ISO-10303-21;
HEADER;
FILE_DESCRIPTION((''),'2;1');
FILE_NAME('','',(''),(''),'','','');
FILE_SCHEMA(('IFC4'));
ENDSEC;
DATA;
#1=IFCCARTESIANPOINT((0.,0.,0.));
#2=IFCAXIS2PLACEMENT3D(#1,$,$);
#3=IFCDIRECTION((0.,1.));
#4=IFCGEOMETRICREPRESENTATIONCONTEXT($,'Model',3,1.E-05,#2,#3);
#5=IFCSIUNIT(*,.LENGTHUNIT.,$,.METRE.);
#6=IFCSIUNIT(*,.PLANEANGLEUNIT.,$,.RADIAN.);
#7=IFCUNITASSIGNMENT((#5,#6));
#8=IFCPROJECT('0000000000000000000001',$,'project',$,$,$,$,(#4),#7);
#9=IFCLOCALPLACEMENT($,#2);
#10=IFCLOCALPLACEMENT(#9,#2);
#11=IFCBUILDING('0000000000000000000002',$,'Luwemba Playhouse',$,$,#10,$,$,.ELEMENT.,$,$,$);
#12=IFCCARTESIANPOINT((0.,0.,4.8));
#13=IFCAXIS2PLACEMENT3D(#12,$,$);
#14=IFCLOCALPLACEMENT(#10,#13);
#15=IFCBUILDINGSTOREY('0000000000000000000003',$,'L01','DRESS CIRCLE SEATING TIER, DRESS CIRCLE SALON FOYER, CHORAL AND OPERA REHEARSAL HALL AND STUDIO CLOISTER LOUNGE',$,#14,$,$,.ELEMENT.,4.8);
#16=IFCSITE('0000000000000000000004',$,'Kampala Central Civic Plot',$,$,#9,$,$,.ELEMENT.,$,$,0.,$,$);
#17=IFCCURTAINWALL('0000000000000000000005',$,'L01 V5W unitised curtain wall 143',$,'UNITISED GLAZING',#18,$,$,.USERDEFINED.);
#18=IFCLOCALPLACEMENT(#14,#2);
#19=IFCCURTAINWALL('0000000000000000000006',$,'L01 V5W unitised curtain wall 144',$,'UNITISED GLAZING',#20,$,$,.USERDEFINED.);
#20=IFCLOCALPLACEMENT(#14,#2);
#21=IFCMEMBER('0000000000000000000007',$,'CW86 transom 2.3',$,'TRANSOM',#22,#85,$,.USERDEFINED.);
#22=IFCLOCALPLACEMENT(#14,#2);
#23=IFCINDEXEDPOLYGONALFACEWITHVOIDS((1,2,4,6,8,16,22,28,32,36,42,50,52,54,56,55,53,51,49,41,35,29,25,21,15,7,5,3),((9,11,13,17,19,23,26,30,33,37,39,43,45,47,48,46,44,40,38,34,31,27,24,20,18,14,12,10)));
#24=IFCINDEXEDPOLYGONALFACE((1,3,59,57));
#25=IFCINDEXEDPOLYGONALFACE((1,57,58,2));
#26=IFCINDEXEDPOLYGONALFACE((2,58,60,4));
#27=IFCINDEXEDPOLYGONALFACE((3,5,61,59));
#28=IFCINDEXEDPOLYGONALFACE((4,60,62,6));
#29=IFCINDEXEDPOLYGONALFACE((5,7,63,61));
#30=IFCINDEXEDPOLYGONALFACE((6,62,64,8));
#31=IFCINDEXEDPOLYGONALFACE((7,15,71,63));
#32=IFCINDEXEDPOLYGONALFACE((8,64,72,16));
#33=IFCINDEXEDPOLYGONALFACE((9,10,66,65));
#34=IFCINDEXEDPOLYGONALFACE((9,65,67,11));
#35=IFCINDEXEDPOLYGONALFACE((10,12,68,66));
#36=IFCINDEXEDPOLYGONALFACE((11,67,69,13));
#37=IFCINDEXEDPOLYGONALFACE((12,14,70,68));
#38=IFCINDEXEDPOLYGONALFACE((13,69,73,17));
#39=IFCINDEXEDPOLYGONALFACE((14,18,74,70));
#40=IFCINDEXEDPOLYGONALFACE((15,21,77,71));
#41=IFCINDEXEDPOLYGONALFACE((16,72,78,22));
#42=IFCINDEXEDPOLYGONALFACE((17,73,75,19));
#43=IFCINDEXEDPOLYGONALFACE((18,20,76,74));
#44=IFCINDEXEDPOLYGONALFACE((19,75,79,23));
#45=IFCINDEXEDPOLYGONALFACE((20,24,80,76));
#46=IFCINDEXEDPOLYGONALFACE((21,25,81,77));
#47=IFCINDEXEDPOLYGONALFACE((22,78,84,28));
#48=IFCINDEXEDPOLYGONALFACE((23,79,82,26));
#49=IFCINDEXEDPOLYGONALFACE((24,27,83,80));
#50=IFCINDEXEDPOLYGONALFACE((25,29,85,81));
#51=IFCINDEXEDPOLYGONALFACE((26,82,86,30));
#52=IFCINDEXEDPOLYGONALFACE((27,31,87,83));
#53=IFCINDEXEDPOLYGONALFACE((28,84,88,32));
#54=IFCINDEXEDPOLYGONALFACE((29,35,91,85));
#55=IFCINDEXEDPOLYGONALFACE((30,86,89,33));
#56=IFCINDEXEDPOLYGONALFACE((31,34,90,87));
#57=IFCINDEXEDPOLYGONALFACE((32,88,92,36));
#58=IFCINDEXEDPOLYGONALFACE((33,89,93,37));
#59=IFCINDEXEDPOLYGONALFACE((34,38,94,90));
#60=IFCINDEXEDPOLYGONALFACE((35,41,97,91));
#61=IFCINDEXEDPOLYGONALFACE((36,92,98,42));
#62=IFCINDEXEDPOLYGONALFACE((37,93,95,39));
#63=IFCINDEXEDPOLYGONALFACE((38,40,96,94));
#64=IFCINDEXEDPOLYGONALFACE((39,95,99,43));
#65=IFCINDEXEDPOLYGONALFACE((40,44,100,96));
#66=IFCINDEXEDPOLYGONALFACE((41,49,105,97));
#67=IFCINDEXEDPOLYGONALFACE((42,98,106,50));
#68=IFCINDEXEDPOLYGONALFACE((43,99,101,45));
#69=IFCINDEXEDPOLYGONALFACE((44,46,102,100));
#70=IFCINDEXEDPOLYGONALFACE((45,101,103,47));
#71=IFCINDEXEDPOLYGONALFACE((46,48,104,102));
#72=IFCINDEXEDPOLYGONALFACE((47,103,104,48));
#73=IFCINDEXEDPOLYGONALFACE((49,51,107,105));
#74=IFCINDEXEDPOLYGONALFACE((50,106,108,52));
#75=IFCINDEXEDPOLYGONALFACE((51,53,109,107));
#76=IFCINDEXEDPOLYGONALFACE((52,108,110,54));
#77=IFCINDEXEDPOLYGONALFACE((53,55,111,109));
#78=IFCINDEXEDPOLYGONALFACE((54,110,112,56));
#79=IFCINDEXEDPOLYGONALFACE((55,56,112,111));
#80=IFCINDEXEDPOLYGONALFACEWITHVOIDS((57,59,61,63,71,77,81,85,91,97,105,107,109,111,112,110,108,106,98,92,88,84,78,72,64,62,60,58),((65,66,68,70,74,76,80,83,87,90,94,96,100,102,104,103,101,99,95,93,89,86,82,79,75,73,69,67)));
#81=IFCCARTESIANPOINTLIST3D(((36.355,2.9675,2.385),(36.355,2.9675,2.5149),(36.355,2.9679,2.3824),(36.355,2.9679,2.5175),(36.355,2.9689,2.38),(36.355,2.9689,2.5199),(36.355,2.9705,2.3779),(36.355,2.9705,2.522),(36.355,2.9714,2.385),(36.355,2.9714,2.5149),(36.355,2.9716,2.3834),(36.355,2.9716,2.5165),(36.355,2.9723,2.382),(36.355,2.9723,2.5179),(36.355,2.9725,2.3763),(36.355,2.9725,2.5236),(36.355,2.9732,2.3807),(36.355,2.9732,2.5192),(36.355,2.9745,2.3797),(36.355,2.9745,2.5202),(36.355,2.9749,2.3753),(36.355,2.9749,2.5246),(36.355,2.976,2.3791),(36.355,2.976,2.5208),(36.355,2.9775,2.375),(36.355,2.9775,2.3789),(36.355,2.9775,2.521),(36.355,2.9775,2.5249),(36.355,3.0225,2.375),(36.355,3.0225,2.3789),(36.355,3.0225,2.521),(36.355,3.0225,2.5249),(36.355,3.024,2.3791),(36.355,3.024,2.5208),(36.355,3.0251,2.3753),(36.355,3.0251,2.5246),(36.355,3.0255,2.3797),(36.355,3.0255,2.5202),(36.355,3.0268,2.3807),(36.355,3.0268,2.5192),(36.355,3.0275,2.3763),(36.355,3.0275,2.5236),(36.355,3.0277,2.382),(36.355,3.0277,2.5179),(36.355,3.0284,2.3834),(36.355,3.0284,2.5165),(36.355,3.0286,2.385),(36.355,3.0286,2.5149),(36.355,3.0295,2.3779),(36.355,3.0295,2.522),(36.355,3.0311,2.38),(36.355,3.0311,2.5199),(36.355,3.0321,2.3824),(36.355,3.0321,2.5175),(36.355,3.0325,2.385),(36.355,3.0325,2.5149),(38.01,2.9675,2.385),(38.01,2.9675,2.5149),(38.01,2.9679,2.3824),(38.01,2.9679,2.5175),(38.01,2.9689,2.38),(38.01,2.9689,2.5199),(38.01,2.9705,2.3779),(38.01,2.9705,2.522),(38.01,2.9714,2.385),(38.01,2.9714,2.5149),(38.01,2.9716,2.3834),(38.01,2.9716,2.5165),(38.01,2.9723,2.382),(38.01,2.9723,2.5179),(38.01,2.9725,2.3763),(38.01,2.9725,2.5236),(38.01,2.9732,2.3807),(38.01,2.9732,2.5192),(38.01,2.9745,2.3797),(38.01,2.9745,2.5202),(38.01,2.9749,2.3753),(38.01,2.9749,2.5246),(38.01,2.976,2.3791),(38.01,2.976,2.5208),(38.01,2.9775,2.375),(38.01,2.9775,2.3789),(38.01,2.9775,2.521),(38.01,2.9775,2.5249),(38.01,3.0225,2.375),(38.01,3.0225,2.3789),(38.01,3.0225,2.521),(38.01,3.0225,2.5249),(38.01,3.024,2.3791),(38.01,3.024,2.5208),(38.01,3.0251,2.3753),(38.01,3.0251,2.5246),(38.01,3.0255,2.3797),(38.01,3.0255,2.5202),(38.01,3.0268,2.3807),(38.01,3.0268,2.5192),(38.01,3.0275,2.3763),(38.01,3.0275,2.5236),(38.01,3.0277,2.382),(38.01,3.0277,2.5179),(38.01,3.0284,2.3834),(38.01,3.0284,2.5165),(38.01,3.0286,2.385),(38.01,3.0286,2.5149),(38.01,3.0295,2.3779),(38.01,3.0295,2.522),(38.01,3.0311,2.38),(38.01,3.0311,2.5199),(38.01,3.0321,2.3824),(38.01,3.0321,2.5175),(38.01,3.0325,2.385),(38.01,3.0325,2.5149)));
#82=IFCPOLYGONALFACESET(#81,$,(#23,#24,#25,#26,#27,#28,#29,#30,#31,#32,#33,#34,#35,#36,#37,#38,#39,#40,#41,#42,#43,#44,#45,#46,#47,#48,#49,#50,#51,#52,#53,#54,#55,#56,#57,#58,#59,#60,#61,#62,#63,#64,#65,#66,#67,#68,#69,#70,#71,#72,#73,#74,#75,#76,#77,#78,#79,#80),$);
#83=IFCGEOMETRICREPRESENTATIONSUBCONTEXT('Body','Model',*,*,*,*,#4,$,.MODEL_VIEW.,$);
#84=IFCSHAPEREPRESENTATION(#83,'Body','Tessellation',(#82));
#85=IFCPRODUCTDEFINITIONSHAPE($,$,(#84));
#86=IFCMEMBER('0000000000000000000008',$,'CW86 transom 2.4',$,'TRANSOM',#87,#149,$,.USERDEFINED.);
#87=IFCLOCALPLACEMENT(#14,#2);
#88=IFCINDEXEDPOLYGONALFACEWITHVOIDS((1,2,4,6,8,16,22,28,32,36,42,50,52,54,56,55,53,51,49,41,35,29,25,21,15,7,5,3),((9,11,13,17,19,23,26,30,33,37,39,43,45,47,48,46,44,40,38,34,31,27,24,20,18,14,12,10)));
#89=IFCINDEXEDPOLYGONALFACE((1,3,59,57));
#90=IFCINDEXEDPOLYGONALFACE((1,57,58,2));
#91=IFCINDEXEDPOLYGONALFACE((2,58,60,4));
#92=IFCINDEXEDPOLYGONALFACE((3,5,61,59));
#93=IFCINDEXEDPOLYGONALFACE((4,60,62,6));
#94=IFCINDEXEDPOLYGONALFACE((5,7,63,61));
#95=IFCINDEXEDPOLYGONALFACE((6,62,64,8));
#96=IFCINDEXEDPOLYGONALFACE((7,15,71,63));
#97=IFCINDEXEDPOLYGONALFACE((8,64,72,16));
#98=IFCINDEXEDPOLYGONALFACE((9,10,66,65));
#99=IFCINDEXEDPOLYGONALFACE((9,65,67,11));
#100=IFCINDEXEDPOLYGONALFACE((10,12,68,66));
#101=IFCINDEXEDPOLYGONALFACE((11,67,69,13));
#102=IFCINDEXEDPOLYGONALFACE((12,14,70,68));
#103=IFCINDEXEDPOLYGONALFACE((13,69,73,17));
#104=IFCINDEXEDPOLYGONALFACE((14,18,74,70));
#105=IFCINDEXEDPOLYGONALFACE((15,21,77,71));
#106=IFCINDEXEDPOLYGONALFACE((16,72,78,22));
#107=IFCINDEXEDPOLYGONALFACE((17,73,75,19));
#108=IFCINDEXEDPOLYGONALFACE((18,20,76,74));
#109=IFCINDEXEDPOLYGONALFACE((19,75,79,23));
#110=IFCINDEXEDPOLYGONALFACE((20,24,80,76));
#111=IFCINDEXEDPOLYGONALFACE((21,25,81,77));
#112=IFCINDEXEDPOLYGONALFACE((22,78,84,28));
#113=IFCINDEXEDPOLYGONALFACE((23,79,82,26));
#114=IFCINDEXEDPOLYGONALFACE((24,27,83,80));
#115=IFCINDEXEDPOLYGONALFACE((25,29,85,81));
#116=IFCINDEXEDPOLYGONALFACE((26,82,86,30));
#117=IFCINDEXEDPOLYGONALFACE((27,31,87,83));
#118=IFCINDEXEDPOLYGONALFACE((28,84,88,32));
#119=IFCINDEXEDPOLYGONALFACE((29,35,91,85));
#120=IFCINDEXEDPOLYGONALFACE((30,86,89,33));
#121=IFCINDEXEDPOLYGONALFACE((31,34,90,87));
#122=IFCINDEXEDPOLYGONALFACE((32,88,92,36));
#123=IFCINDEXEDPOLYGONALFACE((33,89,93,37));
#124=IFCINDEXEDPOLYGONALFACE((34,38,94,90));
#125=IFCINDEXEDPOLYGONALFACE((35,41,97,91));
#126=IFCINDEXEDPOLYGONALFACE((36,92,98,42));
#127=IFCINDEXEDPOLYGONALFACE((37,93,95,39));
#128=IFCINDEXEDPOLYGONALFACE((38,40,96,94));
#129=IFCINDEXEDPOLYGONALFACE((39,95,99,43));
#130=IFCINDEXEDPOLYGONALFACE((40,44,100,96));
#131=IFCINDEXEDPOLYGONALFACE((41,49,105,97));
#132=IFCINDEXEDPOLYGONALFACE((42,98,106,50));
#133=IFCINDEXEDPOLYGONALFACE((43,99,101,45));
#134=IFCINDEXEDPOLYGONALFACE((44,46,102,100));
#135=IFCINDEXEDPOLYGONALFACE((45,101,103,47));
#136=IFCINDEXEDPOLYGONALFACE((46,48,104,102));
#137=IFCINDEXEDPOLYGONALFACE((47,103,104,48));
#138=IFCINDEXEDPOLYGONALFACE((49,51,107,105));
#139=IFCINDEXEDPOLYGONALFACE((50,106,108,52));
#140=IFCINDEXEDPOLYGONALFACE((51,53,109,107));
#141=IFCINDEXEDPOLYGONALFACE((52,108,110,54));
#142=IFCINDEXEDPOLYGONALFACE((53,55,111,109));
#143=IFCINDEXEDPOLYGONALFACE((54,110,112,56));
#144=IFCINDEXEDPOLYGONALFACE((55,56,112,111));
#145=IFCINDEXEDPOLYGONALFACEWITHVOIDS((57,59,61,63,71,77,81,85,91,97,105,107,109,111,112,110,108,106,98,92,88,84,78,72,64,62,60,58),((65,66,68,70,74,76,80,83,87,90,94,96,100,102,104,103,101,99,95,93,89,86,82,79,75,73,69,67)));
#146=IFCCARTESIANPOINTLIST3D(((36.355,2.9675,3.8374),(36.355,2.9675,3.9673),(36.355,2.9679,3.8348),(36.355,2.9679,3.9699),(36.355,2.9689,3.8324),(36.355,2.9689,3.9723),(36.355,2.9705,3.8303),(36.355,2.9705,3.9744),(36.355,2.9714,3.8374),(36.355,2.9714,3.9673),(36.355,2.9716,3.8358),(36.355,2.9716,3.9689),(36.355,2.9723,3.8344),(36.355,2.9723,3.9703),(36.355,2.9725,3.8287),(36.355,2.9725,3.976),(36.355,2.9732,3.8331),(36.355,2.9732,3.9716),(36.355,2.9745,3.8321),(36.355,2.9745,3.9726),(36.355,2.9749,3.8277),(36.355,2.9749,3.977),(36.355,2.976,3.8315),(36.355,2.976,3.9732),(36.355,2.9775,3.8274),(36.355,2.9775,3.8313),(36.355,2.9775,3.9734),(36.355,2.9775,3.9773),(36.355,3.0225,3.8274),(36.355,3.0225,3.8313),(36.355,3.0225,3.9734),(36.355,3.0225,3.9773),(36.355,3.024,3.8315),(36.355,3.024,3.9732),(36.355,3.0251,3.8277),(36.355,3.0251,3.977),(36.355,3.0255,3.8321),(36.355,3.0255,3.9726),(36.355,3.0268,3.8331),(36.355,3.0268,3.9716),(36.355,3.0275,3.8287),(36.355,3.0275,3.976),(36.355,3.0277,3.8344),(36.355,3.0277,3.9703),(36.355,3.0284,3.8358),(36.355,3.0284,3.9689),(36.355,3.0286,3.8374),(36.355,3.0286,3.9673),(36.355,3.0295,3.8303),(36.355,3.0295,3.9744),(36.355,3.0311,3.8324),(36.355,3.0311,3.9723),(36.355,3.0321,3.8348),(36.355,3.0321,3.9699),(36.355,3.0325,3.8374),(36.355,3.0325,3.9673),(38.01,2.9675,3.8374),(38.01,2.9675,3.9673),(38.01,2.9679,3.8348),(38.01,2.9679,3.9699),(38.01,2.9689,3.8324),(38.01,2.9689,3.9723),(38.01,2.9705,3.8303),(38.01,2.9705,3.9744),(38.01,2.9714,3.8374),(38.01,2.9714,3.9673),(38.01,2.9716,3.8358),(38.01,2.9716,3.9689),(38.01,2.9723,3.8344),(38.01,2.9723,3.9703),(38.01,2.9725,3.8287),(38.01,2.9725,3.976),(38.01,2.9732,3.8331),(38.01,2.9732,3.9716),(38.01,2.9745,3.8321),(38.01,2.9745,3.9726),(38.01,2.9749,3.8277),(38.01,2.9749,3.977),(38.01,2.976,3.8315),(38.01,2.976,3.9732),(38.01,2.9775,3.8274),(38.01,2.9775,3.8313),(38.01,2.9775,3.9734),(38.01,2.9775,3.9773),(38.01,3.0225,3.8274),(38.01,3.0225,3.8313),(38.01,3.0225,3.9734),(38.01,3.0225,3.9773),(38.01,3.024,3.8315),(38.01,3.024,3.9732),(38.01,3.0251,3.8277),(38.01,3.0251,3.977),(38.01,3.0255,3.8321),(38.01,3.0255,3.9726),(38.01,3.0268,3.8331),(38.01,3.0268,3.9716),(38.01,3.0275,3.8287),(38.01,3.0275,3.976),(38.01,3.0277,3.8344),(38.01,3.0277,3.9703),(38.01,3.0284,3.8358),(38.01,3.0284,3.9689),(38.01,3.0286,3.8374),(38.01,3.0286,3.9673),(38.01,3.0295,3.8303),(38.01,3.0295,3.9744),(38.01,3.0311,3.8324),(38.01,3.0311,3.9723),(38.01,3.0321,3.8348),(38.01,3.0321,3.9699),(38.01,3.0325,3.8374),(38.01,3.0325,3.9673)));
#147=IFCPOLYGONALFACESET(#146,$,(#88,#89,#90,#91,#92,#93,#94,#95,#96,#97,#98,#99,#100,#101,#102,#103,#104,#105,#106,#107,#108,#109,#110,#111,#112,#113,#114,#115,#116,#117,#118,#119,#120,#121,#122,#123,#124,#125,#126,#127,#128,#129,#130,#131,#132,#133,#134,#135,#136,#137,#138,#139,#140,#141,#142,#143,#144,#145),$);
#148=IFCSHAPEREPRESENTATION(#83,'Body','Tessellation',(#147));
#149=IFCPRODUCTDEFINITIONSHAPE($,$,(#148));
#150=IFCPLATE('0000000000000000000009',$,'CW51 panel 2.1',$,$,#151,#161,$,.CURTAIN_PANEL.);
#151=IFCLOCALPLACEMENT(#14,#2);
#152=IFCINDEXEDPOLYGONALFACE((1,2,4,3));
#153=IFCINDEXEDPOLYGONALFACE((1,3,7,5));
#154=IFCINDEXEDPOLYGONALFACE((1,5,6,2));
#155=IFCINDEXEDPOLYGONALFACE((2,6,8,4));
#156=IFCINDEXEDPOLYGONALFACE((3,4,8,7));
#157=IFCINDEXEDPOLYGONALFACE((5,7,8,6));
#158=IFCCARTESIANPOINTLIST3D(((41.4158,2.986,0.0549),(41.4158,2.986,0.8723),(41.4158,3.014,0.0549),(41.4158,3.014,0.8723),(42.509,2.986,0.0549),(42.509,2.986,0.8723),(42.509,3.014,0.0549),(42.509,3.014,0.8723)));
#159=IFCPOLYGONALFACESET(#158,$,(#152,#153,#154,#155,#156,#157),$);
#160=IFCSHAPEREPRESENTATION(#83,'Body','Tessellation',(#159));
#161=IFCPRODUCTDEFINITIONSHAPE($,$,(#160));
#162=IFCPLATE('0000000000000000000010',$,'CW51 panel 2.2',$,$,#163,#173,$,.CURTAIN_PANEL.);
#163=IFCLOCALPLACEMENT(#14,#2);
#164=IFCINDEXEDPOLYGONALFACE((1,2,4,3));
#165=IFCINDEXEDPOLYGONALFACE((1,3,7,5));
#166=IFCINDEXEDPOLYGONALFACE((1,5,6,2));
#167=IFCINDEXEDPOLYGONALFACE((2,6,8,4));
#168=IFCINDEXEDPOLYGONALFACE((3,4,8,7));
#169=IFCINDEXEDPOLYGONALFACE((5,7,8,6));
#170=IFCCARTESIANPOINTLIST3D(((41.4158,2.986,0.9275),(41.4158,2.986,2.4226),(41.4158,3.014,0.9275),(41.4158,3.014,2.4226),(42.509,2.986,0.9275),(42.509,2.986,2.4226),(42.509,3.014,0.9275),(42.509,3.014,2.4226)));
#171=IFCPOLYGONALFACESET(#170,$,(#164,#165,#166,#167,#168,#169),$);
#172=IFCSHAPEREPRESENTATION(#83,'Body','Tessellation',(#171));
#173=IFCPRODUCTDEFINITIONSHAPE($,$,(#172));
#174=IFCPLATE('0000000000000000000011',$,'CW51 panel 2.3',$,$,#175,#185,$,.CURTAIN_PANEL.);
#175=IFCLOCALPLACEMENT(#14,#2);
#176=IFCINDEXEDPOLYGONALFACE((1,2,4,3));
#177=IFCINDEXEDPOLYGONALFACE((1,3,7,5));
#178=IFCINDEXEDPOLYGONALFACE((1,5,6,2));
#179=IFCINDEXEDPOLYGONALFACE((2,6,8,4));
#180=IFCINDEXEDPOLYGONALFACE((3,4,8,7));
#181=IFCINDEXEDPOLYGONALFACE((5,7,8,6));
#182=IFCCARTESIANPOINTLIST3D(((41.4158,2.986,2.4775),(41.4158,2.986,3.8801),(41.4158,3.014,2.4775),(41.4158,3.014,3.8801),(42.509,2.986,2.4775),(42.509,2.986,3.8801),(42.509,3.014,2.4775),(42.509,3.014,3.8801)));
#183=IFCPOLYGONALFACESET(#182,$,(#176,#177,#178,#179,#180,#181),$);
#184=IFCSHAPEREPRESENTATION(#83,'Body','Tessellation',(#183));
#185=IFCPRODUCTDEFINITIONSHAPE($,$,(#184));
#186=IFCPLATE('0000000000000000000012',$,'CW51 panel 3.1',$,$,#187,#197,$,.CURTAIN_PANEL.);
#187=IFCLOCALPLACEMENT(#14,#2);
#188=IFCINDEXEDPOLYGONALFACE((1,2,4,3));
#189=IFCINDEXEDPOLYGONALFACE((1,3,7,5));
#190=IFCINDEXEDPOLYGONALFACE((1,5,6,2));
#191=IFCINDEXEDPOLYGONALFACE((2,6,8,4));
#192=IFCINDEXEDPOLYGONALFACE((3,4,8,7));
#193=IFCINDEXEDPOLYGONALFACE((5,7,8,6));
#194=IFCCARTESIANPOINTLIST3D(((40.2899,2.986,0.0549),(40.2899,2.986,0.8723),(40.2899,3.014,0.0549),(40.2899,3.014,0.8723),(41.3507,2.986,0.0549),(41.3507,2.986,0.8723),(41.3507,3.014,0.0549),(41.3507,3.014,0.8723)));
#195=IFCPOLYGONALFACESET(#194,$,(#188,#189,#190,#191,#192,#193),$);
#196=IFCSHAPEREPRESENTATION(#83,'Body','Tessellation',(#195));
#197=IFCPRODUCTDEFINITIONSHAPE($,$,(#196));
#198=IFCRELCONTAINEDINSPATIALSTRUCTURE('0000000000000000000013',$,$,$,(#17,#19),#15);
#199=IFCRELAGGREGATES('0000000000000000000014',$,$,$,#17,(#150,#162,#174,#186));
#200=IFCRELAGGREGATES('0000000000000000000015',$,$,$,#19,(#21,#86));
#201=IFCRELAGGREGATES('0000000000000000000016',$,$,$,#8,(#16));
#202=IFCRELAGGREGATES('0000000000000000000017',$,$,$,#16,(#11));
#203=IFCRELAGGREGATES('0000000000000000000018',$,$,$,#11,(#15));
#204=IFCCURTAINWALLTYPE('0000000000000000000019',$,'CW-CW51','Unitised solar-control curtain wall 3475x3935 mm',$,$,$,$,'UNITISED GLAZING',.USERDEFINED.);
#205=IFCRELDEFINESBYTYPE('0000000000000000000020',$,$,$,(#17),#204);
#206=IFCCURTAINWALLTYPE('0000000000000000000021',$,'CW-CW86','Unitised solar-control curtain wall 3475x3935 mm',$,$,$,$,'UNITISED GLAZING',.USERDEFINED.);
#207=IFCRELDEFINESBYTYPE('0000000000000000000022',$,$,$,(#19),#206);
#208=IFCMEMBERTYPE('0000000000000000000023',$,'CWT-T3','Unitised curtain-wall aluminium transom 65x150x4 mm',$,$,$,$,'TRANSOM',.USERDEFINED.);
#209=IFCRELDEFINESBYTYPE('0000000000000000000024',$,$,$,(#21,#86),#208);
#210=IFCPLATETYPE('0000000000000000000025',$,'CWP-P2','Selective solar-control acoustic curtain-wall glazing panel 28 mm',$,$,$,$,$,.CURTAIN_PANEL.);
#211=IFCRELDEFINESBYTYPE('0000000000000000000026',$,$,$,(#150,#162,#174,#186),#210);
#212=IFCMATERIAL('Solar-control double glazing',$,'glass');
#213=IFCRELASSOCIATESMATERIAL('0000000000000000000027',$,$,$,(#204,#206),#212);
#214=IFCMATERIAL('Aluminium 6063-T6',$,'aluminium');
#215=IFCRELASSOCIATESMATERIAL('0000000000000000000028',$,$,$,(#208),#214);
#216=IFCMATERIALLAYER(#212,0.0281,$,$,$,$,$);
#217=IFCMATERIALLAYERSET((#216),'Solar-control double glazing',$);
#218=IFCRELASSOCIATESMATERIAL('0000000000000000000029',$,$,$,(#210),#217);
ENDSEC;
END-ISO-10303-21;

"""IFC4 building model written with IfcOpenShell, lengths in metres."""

from ifc_helpers import new_model, si_unit, direction, frame, origin, origin_2d, place, context, subcontext, project, spatial, rectangle, hollow_rectangle, extrude, material, layer, layer_set, material_profile, profile_set, type_object, element, aggregate, save


model = new_model("IFC4")

# Units and contexts
model_context = context("Model", 3, precision=1e-05, world=origin(), true_north=direction((0.0, 1.0)))
body_context = subcontext(model_context, "Body", "Model", "MODEL_VIEW")
ifc_project = project(units=[si_unit("LENGTHUNIT", "METRE"), si_unit("PLANEANGLEUNIT", "RADIAN")], contexts=[model_context])

# Site, building, storey
site_placement = place(None, origin())
site = spatial("IfcSite", under=ifc_project, at=site_placement, Name="Kampala Central Civic Plot", CompositionType="ELEMENT", RefElevation=0.0)
building_placement = place(site_placement, origin())
building = spatial("IfcBuilding", under=site, at=building_placement, Name="Luwemba Playhouse", CompositionType="ELEMENT")
storey_placement = place(building_placement, frame((0.0, 0.0, 4.8)))
storey = spatial("IfcBuildingStorey", under=building, at=storey_placement, Name="L01", Description="DRESS CIRCLE SEATING TIER, DRESS CIRCLE SALON FOYER, CHORAL AND OPERA REHEARSAL HALL AND STUDIO CLOISTER LOUNGE", CompositionType="ELEMENT", Elevation=4.8)

# Curtain walls
ifc_material_1 = material(Name="Solar-control double glazing", Category="glass")
curtain_wall_type_1 = type_object("IfcCurtainWallType", Name="CW-CW51", Description="Unitised solar-control curtain wall 3475x3935 mm", ElementType="UNITISED GLAZING", PredefinedType="USERDEFINED", material=ifc_material_1)
curtain_wall_1_placement = place(storey_placement, origin())
curtain_wall_1 = element("IfcCurtainWall", 1, at=curtain_wall_1_placement, inside=storey, type_object=curtain_wall_type_1, Name="L01 V5W unitised curtain wall 143", ObjectType="UNITISED GLAZING", PredefinedType="USERDEFINED")
ifc_material_2 = material(Name="Aluminium 6063-T6", Category="aluminium")
curtain_wall_type_2 = type_object("IfcCurtainWallType", Name="CW-CW86", Description="Unitised solar-control curtain wall 3475x3935 mm", ElementType="UNITISED GLAZING", PredefinedType="USERDEFINED", material=ifc_material_1)
curtain_wall_2_placement = place(storey_placement, origin())
curtain_wall_2 = element("IfcCurtainWall", 2, at=curtain_wall_2_placement, inside=storey, type_object=curtain_wall_type_2, Name="L01 V5W unitised curtain wall 144", ObjectType="UNITISED GLAZING", PredefinedType="USERDEFINED")

# Members
ifc_material_profile_1 = material_profile(ifc_material_2, hollow_rectangle(XDim=0.0649, YDim=0.1499, WallThickness=0.0039, InnerFilletRadius=0.0061, OuterFilletRadius=0.01, at=origin_2d()))
ifc_profile_set_1 = profile_set([ifc_material_profile_1], Name="Aluminium 6063-T6")
member_type_1 = type_object("IfcMemberType", Name="CWT-T3", Description="Unitised curtain-wall aluminium transom 65x150x4 mm", ElementType="TRANSOM", PredefinedType="USERDEFINED", material=ifc_profile_set_1)
member_1_placement = place(storey_placement, frame((38.01, 3.0, 2.45), z_axis=(-1.0, 0.0, 0.0), x_axis=(0.0, -1.0, 0.0)))
member_1 = element("IfcMember", 3, at=member_1_placement, type_object=member_type_1, Name="CW86 transom 2.3", ObjectType="TRANSOM", PredefinedType="USERDEFINED", context=body_context, shape_type="SweptSolid", body=[
    extrude(hollow_rectangle(XDim=0.0649, YDim=0.1499, WallThickness=0.0039, InnerFilletRadius=0.0061, OuterFilletRadius=0.01, at=origin_2d()), origin(), (0.0, 0.0, 1.0), 1.655),
])
member_2_placement = place(storey_placement, frame((38.01, 3.0, 3.9023), z_axis=(-1.0, 0.0, 0.0), x_axis=(0.0, -1.0, 0.0)))
member_2 = element("IfcMember", 4, at=member_2_placement, type_object=member_type_1, Name="CW86 transom 2.4", ObjectType="TRANSOM", PredefinedType="USERDEFINED", context=body_context, shape_type="SweptSolid", body=[
    extrude(hollow_rectangle(XDim=0.0649, YDim=0.1499, WallThickness=0.0039, InnerFilletRadius=0.0061, OuterFilletRadius=0.01, at=origin_2d()), origin(), (0.0, 0.0, 1.0), 1.655),
])

# Plates
ifc_layer_1 = layer(ifc_material_1, 0.0281)
ifc_layer_set_1 = layer_set([ifc_layer_1], Name="Solar-control double glazing")
plate_type_1 = type_object("IfcPlateType", Name="CWP-P2", Description="Selective solar-control acoustic curtain-wall glazing panel 28 mm", PredefinedType="CURTAIN_PANEL", material=ifc_layer_set_1)
plate_1_placement = place(storey_placement, frame((41.9624, 3.0, 0.0549), z_axis=(0.0, 0.0, 1.0), x_axis=(-1.0, 0.0, 0.0)))
plate_1 = element("IfcPlate", 5, at=plate_1_placement, type_object=plate_type_1, Name="CW51 panel 2.1", PredefinedType="CURTAIN_PANEL", context=body_context, shape_type="SweptSolid", body=[
    extrude(rectangle(XDim=1.0933, YDim=0.0281, at=origin_2d()), origin(), (0.0, 0.0, 1.0), 0.8174),
])
plate_2_placement = place(storey_placement, frame((41.9624, 3.0, 0.9275), z_axis=(0.0, 0.0, 1.0), x_axis=(-1.0, 0.0, 0.0)))
plate_2 = element("IfcPlate", 6, at=plate_2_placement, type_object=plate_type_1, Name="CW51 panel 2.2", PredefinedType="CURTAIN_PANEL", context=body_context, shape_type="SweptSolid", body=[
    extrude(rectangle(XDim=1.0933, YDim=0.0281, at=origin_2d()), origin(), (0.0, 0.0, 1.0), 1.4951),
])
plate_3_placement = place(storey_placement, frame((41.9624, 3.0, 2.4775), z_axis=(0.0, 0.0, 1.0), x_axis=(-1.0, 0.0, 0.0)))
plate_3 = element("IfcPlate", 7, at=plate_3_placement, type_object=plate_type_1, Name="CW51 panel 2.3", PredefinedType="CURTAIN_PANEL", context=body_context, shape_type="SweptSolid", body=[
    extrude(rectangle(XDim=1.0933, YDim=0.0281, at=origin_2d()), origin(), (0.0, 0.0, 1.0), 1.4026),
])
plate_4_placement = place(storey_placement, frame((40.8203, 3.0, 0.0549), z_axis=(0.0, 0.0, 1.0), x_axis=(-1.0, 0.0, 0.0)))
plate_4 = element("IfcPlate", 8, at=plate_4_placement, type_object=plate_type_1, Name="CW51 panel 3.1", PredefinedType="CURTAIN_PANEL", context=body_context, shape_type="SweptSolid", body=[
    extrude(rectangle(XDim=1.0608, YDim=0.0281, at=origin_2d()), origin(), (0.0, 0.0, 1.0), 0.8174),
])
aggregate(curtain_wall_1, [plate_1, plate_2, plate_3, plate_4])
aggregate(curtain_wall_2, [member_1, member_2])

save(model, "model.ifc")
